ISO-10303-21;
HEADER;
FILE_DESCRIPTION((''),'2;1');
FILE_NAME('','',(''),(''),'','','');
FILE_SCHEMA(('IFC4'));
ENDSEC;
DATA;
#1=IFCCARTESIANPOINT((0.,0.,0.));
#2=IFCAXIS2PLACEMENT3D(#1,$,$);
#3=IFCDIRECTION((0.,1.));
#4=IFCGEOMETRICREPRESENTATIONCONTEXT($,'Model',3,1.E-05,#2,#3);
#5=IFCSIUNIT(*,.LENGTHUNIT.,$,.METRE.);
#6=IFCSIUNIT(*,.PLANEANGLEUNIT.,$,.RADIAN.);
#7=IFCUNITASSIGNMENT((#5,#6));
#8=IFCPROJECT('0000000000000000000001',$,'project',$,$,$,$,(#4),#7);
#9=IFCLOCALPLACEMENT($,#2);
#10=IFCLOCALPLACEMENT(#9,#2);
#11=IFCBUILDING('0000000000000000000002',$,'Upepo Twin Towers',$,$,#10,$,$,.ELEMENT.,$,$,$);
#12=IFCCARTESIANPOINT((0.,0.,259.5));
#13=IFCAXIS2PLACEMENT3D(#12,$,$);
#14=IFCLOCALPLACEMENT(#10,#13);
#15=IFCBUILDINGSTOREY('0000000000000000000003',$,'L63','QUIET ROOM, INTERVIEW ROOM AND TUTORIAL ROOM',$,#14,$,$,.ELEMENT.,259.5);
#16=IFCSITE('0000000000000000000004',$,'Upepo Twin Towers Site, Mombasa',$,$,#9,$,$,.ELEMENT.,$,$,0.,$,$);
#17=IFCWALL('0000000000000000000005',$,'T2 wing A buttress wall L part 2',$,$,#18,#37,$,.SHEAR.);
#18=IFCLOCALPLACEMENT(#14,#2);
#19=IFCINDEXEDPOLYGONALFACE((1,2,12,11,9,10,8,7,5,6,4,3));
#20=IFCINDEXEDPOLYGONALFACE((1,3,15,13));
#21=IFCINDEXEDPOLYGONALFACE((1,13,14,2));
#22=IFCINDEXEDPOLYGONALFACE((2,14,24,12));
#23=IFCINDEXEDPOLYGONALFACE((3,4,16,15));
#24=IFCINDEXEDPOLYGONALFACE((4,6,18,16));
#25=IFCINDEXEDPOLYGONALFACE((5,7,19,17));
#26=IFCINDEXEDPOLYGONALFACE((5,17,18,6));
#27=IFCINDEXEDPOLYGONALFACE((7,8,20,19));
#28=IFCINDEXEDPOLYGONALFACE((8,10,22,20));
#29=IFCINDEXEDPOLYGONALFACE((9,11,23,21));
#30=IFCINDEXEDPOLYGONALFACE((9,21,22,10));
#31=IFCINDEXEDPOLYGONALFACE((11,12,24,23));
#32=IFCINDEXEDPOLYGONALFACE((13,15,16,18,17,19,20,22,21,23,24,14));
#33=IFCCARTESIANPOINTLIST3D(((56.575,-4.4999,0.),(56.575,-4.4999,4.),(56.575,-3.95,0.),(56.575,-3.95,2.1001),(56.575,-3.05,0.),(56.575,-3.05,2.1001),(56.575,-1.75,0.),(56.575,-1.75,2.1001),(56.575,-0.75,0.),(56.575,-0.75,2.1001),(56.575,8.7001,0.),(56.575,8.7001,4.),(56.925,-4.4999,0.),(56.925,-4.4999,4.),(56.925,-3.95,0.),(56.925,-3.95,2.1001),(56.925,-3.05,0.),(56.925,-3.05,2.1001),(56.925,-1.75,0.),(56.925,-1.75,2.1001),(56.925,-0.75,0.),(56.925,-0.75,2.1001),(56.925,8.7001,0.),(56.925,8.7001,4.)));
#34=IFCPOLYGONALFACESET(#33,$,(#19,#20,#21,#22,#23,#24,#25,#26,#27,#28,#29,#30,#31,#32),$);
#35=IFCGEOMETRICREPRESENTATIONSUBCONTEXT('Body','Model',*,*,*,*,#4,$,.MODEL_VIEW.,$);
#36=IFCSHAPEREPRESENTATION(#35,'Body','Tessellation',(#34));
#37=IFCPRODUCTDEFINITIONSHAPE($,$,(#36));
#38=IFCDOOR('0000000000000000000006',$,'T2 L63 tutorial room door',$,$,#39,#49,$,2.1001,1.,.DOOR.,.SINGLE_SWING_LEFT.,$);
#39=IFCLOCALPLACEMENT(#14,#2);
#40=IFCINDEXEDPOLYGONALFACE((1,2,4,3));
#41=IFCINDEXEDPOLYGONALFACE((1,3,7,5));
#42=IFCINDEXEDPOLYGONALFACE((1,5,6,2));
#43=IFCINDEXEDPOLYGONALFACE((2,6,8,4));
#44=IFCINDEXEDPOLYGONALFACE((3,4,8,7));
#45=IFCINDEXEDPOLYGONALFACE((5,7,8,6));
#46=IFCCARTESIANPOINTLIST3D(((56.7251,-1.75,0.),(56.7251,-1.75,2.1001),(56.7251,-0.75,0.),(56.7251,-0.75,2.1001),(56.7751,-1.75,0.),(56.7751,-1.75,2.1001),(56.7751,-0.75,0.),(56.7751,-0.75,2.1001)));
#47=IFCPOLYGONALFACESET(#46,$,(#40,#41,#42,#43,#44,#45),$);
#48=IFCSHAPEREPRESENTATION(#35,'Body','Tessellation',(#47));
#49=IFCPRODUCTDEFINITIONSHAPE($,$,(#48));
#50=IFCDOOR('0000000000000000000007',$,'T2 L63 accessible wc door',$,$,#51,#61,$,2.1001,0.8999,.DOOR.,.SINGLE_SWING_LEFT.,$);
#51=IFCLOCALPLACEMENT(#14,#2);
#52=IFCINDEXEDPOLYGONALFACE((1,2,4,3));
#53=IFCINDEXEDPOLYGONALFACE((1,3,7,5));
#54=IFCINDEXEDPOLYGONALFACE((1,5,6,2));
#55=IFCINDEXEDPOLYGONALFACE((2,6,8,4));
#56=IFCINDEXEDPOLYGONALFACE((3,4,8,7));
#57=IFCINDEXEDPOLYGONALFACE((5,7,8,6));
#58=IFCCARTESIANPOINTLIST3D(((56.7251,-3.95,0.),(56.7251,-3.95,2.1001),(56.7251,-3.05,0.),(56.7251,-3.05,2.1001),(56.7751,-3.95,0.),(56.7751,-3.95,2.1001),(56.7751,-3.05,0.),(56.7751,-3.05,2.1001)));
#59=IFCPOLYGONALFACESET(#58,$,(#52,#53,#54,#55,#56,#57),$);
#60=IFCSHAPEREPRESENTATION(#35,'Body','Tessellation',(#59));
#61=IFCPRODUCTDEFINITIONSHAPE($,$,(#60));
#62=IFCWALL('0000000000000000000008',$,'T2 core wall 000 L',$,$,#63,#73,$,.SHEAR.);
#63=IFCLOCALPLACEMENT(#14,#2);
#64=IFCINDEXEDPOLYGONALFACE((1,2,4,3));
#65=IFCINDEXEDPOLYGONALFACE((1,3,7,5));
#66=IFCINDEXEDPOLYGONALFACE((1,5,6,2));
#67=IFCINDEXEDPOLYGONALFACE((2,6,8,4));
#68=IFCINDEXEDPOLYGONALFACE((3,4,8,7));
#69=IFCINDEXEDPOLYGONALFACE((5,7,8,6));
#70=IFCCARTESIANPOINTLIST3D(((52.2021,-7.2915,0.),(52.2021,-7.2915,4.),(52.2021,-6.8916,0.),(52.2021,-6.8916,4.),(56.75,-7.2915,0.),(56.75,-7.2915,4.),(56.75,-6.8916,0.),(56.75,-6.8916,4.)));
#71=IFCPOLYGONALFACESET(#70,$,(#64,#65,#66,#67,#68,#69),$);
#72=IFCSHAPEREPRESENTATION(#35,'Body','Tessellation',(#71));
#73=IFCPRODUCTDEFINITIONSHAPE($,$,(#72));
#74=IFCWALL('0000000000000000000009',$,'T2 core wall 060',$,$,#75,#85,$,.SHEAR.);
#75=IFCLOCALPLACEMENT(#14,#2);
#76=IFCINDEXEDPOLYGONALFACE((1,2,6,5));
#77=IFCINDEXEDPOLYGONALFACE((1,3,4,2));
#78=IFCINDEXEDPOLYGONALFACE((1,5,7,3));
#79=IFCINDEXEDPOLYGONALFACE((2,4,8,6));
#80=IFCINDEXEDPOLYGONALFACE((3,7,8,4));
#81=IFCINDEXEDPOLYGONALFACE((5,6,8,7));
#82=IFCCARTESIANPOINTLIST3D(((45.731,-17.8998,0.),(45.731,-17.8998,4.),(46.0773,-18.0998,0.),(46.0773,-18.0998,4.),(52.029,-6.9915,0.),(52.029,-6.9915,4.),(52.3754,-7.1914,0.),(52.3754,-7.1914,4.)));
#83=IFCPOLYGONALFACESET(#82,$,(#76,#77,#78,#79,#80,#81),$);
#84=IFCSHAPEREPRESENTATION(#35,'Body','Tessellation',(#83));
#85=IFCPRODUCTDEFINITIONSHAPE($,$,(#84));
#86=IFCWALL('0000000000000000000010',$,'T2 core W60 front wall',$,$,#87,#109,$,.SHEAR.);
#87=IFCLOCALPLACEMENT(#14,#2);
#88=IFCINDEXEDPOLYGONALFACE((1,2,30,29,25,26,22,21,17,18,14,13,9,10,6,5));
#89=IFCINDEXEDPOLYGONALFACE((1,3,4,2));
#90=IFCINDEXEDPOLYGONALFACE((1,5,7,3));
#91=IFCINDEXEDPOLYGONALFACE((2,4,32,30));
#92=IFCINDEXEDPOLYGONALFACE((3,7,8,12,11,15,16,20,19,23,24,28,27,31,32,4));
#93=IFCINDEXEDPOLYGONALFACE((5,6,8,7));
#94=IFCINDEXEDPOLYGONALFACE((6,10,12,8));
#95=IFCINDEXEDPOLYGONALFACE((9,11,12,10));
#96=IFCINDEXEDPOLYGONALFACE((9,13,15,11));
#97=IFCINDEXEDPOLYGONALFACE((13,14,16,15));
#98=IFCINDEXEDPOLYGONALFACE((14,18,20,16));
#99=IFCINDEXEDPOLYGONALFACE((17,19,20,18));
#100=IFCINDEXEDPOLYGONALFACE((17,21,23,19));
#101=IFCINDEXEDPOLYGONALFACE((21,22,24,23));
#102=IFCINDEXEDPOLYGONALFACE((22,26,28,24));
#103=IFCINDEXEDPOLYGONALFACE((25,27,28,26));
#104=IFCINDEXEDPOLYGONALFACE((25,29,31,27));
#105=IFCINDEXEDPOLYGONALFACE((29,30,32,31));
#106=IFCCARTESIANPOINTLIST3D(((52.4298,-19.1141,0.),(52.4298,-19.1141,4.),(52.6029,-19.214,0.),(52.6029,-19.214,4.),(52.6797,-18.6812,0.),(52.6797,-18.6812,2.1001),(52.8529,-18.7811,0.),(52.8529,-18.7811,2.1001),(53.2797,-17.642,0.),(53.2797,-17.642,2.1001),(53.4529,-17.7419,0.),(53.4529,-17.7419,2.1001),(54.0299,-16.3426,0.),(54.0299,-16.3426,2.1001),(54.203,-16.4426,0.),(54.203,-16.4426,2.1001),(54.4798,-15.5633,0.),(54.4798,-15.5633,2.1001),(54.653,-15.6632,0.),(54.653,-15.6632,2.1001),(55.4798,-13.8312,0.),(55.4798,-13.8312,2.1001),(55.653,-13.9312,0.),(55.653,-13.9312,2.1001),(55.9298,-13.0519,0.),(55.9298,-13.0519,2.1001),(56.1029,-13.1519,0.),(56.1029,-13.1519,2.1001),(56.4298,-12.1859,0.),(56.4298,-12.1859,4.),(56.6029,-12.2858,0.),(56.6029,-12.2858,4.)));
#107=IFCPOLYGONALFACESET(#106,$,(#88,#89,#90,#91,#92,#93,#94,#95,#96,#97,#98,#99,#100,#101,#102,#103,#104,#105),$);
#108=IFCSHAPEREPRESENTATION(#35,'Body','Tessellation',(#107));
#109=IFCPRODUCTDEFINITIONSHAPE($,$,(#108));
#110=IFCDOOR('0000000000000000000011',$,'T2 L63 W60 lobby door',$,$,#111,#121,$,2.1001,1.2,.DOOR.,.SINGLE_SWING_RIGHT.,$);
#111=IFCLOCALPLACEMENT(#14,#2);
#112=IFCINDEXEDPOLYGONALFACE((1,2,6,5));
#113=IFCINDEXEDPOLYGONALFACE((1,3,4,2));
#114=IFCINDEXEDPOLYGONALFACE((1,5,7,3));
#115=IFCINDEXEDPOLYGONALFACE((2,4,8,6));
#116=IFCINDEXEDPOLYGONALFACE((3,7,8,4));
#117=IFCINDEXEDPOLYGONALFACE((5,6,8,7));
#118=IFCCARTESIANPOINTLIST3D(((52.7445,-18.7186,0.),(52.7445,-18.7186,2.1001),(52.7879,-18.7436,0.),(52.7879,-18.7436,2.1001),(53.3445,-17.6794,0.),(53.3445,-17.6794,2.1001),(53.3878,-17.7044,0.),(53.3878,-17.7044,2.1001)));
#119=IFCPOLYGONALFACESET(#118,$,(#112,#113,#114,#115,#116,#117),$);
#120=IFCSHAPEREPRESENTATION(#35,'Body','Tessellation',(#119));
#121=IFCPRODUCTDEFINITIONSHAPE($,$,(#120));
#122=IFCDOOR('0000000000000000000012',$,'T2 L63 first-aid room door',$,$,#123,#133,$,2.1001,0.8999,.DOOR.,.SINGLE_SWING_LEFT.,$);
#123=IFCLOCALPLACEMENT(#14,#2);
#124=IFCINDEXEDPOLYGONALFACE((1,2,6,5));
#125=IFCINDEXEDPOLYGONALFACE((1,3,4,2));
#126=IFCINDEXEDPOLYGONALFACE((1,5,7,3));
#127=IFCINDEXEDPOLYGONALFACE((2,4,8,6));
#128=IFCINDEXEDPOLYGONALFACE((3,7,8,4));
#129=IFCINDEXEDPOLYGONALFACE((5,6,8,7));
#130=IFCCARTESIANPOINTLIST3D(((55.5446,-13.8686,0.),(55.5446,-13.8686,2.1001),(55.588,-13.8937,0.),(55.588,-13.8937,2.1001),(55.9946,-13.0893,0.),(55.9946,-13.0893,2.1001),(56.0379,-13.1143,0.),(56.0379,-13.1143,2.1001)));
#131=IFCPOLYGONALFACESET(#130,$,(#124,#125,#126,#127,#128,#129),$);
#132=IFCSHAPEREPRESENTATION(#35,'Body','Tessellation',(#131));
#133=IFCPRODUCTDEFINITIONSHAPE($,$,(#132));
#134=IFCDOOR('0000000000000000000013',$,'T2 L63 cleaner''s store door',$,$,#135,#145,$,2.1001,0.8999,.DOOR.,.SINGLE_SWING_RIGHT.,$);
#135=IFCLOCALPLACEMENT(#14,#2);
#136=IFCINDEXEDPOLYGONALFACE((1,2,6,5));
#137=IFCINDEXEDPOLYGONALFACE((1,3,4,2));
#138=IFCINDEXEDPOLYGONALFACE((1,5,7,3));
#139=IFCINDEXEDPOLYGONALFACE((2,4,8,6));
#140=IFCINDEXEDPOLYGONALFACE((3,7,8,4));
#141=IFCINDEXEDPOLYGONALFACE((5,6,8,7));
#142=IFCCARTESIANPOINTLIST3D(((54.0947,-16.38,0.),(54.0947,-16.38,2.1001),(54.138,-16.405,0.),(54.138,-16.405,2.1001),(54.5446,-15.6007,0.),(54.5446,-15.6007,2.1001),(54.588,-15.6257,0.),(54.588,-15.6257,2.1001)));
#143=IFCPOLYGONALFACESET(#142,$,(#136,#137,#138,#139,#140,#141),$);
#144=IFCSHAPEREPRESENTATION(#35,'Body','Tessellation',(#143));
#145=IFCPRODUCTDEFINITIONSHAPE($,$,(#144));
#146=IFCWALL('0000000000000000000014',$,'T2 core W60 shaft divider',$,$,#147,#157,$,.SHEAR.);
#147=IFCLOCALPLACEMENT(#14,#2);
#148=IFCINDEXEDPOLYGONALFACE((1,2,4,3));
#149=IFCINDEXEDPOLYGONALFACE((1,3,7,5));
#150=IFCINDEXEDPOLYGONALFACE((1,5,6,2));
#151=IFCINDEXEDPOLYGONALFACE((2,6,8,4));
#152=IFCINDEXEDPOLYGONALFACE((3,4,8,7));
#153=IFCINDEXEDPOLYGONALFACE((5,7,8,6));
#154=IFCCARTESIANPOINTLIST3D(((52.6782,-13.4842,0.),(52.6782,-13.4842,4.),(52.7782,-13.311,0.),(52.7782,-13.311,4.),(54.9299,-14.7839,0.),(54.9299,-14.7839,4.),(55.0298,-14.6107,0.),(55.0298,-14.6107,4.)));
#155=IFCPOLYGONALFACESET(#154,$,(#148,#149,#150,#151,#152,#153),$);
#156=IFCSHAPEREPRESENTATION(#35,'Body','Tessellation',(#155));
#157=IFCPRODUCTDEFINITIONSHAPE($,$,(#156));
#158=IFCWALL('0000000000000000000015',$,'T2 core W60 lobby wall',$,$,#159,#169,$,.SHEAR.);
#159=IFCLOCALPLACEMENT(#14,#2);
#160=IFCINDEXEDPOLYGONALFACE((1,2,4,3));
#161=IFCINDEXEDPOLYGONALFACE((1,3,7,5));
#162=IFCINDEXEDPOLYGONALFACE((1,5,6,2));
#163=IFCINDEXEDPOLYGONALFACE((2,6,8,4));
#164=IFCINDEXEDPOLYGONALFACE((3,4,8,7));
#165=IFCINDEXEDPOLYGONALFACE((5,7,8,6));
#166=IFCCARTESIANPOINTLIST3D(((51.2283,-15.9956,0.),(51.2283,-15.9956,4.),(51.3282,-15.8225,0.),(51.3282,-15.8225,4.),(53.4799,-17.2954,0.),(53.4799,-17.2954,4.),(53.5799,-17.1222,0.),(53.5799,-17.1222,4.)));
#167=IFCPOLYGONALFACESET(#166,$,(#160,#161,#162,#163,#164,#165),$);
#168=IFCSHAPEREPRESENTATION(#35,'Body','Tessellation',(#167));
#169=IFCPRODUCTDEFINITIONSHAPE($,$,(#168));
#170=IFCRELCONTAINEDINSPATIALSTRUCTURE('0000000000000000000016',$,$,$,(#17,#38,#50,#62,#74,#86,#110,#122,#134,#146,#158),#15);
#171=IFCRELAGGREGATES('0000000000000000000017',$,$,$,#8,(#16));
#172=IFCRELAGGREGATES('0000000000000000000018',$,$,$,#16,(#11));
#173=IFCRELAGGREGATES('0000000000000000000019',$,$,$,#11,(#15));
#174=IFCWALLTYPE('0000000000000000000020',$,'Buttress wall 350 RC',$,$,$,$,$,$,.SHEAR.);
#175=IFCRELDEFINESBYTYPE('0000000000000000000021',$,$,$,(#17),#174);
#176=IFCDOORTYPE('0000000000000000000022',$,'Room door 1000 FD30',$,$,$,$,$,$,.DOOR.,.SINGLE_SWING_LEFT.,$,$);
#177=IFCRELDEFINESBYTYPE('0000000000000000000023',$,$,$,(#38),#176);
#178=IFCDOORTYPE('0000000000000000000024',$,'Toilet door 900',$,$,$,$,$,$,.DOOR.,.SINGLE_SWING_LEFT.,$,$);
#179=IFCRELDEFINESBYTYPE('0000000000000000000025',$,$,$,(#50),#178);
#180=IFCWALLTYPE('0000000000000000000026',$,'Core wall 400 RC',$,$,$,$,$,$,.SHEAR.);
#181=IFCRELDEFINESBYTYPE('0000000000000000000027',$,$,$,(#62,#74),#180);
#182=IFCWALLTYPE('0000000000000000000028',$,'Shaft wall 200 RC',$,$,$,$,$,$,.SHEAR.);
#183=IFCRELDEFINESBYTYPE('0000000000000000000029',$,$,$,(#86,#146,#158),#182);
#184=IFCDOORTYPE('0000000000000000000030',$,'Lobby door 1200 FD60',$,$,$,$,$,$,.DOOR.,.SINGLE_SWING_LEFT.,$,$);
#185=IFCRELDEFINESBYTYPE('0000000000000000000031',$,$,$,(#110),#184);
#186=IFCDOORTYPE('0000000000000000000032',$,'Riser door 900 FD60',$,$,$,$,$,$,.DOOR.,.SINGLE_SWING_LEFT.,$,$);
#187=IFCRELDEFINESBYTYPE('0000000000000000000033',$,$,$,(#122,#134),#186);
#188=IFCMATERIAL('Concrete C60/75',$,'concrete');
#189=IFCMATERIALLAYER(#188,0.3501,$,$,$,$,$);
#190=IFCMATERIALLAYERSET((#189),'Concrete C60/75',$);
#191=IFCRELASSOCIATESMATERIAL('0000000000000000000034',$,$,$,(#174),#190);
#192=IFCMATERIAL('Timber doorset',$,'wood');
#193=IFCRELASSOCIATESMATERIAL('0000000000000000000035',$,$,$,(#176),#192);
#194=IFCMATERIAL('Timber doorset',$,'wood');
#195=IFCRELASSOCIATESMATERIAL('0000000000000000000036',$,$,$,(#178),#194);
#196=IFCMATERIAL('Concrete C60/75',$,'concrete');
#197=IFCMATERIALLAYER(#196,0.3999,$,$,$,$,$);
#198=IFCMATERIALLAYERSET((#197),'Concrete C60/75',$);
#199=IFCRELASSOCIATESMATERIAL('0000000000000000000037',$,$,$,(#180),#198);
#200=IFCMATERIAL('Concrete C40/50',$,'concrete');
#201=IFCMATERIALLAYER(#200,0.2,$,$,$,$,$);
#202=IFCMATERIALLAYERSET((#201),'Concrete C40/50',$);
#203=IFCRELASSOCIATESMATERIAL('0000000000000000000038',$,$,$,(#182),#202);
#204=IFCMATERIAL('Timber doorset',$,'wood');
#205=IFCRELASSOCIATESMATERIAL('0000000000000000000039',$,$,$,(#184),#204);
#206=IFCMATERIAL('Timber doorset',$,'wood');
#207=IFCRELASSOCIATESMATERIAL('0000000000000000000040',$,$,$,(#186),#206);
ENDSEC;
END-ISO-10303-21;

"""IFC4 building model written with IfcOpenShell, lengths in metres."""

from ifc_helpers import new_model, si_unit, direction, frame, frame_2d, origin, place, context, subcontext, project, spatial, rectangle, extrude, material, layer, layer_set, type_object, element, fill, save


model = new_model("IFC4")

# Units and contexts
model_context = context("Model", 3, precision=1e-05, world=origin(), true_north=direction((0.0, 1.0)))
body_context = subcontext(model_context, "Body", "Model", "MODEL_VIEW")
ifc_project = project(units=[si_unit("LENGTHUNIT", "METRE"), si_unit("PLANEANGLEUNIT", "RADIAN")], contexts=[model_context])

# Site, building, storey
site_placement = place(None, origin())
site = spatial("IfcSite", under=ifc_project, at=site_placement, Name="Upepo Twin Towers Site, Mombasa", CompositionType="ELEMENT", RefElevation=0.0)
building_placement = place(site_placement, origin())
building = spatial("IfcBuilding", under=site, at=building_placement, Name="Upepo Twin Towers", CompositionType="ELEMENT")
storey_placement = place(building_placement, frame((0.0, 0.0, 259.5)))
storey = spatial("IfcBuildingStorey", under=building, at=storey_placement, Name="L63", Description="QUIET ROOM, INTERVIEW ROOM AND TUTORIAL ROOM", CompositionType="ELEMENT", Elevation=259.5)

# Shared definitions
ifc_material_1 = material(Name="Concrete C60/75", Category="concrete")
ifc_layer_1 = layer(ifc_material_1, 0.3501)
ifc_layer_set_1 = layer_set([ifc_layer_1], Name="Concrete C60/75")
wall_type_1 = type_object("IfcWallType", Name="Buttress wall 350 RC", PredefinedType="SHEAR", material=ifc_layer_set_1)

# Wall, openings, doors
wall_1_placement = place(storey_placement, frame((56.75, -4.5, 0.0), z_axis=(0.0, 0.0, 1.0), x_axis=(0.0, 1.0, 0.0)))
wall_1 = element("IfcWall", 1, at=wall_1_placement, inside=storey, type_object=wall_type_1, Name="T2 wing A buttress wall L part 2", PredefinedType="SHEAR", context=body_context, shape_type="SweptSolid", body=[
    extrude(rectangle(XDim=13.2, YDim=0.3501, at=frame_2d((6.6001, 0.0))), origin(), (0.0, 0.0, 1.0), 4.0),
])
opening_1_placement = place(wall_1_placement, frame((0.55, 0.0, 0.0)))
opening_1 = element("IfcOpeningElement", 2, at=opening_1_placement, cuts=wall_1, PredefinedType="OPENING", context=body_context, shape_type="SweptSolid", body=[
    extrude(rectangle(XDim=0.8999, YDim=2.1001, at=frame_2d((0.45, 1.05))), frame((0.0, 0.1851, 0.0), z_axis=(0.0, -1.0, 0.0), x_axis=(1.0, 0.0, 0.0)), (0.0, 0.0, 1.0), 0.3701),
])
opening_2_placement = place(wall_1_placement, frame((2.75, 0.0, 0.0)))
opening_2 = element("IfcOpeningElement", 3, at=opening_2_placement, cuts=wall_1, PredefinedType="OPENING", context=body_context, shape_type="SweptSolid", body=[
    extrude(rectangle(XDim=1.0, YDim=2.1001, at=frame_2d((0.5, 1.05))), frame((0.0, 0.1851, 0.0), z_axis=(0.0, -1.0, 0.0), x_axis=(1.0, 0.0, 0.0)), (0.0, 0.0, 1.0), 0.3701),
])
ifc_material_2 = material(Name="Timber doorset", Category="wood")
door_type_1 = type_object("IfcDoorType", Name="Room door 1000 FD30", OperationType="SINGLE_SWING_LEFT", PredefinedType="DOOR", material=ifc_material_2)
door_1_placement = place(opening_2_placement, origin())
door_1 = element("IfcDoor", 4, at=door_1_placement, inside=storey, type_object=door_type_1, Name="T2 L63 tutorial room door", OperationType="SINGLE_SWING_LEFT", OverallHeight=2.1001, OverallWidth=1.0, PredefinedType="DOOR", context=body_context, shape_type="SweptSolid", body=[
    extrude(rectangle(XDim=1.0, YDim=2.1001, at=frame_2d((0.5, 1.05))), frame((0.0, 0.0249, 0.0), z_axis=(0.0, -1.0, 0.0), x_axis=(1.0, 0.0, 0.0)), (0.0, 0.0, 1.0), 0.05),
])
fill(opening_2, door_1)
ifc_material_3 = material(Name="Timber doorset", Category="wood")
door_type_2 = type_object("IfcDoorType", Name="Toilet door 900", OperationType="SINGLE_SWING_LEFT", PredefinedType="DOOR", material=ifc_material_3)
door_2_placement = place(opening_1_placement, origin())
door_2 = element("IfcDoor", 5, at=door_2_placement, inside=storey, type_object=door_type_2, Name="T2 L63 accessible wc door", OperationType="SINGLE_SWING_LEFT", OverallHeight=2.1001, OverallWidth=0.8999, PredefinedType="DOOR", context=body_context, shape_type="SweptSolid", body=[
    extrude(rectangle(XDim=0.8999, YDim=2.1001, at=frame_2d((0.45, 1.05))), frame((0.0, 0.0249, 0.0), z_axis=(0.0, -1.0, 0.0), x_axis=(1.0, 0.0, 0.0)), (0.0, 0.0, 1.0), 0.05),
])
fill(opening_1, door_2)

# Walls
ifc_material_4 = material(Name="Concrete C60/75", Category="concrete")
ifc_layer_2 = layer(ifc_material_4, 0.3999)
ifc_layer_set_2 = layer_set([ifc_layer_2], Name="Concrete C60/75")
wall_type_2 = type_object("IfcWallType", Name="Core wall 400 RC", PredefinedType="SHEAR", material=ifc_layer_set_2)
wall_2_placement = place(storey_placement, frame((56.75, -7.0916, 0.0), z_axis=(0.0, 0.0, 1.0), x_axis=(-1.0, 0.0, 0.0)))
element("IfcWall", 6, at=wall_2_placement, inside=storey, type_object=wall_type_2, Name="T2 core wall 000 L", PredefinedType="SHEAR", context=body_context, shape_type="SweptSolid", body=[
    extrude(rectangle(XDim=4.5479, YDim=0.3999, at=frame_2d((2.2739, 0.0))), origin(), (0.0, 0.0, 1.0), 4.0),
])
wall_3_placement = place(storey_placement, frame((52.2021, -7.0916, 0.0), z_axis=(0.0, 0.0, 1.0), x_axis=(-0.500006, -0.866022, 0.0)))
element("IfcWall", 7, at=wall_3_placement, inside=storey, type_object=wall_type_2, Name="T2 core wall 060", PredefinedType="SHEAR", context=body_context, shape_type="SweptSolid", body=[
    extrude(rectangle(XDim=12.5959, YDim=0.3999, at=frame_2d((6.2979, 0.0))), origin(), (0.0, 0.0, 1.0), 4.0),
])

# Wall, openings, doors
ifc_material_5 = material(Name="Concrete C40/50", Category="concrete")
ifc_layer_3 = layer(ifc_material_5, 0.2)
ifc_layer_set_3 = layer_set([ifc_layer_3], Name="Concrete C40/50")
wall_type_3 = type_object("IfcWallType", Name="Shaft wall 200 RC", PredefinedType="SHEAR", material=ifc_layer_set_3)
wall_4_placement = place(storey_placement, frame((56.5164, -12.2358, 0.0), z_axis=(0.0, 0.0, 1.0), x_axis=(-0.499999, -0.866026, 0.0)))
wall_4 = element("IfcWall", 8, at=wall_4_placement, inside=storey, type_object=wall_type_3, Name="T2 core W60 front wall", PredefinedType="SHEAR", context=body_context, shape_type="SweptSolid", body=[
    extrude(rectangle(XDim=8.0, YDim=0.2, at=frame_2d((4.0, 0.0))), origin(), (0.0, 0.0, 1.0), 4.0),
])
opening_3_placement = place(wall_4_placement, frame((6.3, 0.0, 0.0)))
opening_3 = element("IfcOpeningElement", 9, at=opening_3_placement, cuts=wall_4, PredefinedType="OPENING", context=body_context, shape_type="SweptSolid", body=[
    extrude(rectangle(XDim=1.2, YDim=2.1001, at=frame_2d((0.6001, 1.05))), frame((0.0, 0.1099, 0.0), z_axis=(0.0, -1.0, 0.0), x_axis=(1.0, 0.0, 0.0)), (0.0, 0.0, 1.0), 0.22),
])
opening_4_placement = place(wall_4_placement, frame((1.0, 0.0, 0.0)))
opening_4 = element("IfcOpeningElement", 10, at=opening_4_placement, cuts=wall_4, PredefinedType="OPENING", context=body_context, shape_type="SweptSolid", body=[
    extrude(rectangle(XDim=0.8999, YDim=2.1001, at=frame_2d((0.45, 1.05))), frame((0.0, 0.1099, 0.0), z_axis=(0.0, -1.0, 0.0), x_axis=(1.0, 0.0, 0.0)), (0.0, 0.0, 1.0), 0.22),
])
opening_5_placement = place(wall_4_placement, frame((3.8999, 0.0, 0.0)))
opening_5 = element("IfcOpeningElement", 11, at=opening_5_placement, cuts=wall_4, PredefinedType="OPENING", context=body_context, shape_type="SweptSolid", body=[
    extrude(rectangle(XDim=0.8999, YDim=2.1001, at=frame_2d((0.45, 1.05))), frame((0.0, 0.1099, 0.0), z_axis=(0.0, -1.0, 0.0), x_axis=(1.0, 0.0, 0.0)), (0.0, 0.0, 1.0), 0.22),
])
ifc_material_6 = material(Name="Timber doorset", Category="wood")
door_type_3 = type_object("IfcDoorType", Name="Lobby door 1200 FD60", OperationType="SINGLE_SWING_LEFT", PredefinedType="DOOR", material=ifc_material_6)
door_3_placement = place(opening_3_placement, origin())
door_3 = element("IfcDoor", 12, at=door_3_placement, inside=storey, type_object=door_type_3, Name="T2 L63 W60 lobby door", OperationType="SINGLE_SWING_RIGHT", OverallHeight=2.1001, OverallWidth=1.2, PredefinedType="DOOR", context=body_context, shape_type="SweptSolid", body=[
    extrude(rectangle(XDim=1.2, YDim=2.1001, at=frame_2d((0.6001, 1.05))), frame((0.0, 0.0249, 0.0), z_axis=(0.0, -1.0, 0.0), x_axis=(1.0, 0.0, 0.0)), (0.0, 0.0, 1.0), 0.05),
])
fill(opening_3, door_3)
ifc_material_7 = material(Name="Timber doorset", Category="wood")
door_type_4 = type_object("IfcDoorType", Name="Riser door 900 FD60", OperationType="SINGLE_SWING_LEFT", PredefinedType="DOOR", material=ifc_material_7)
door_4_placement = place(opening_4_placement, origin())
door_4 = element("IfcDoor", 13, at=door_4_placement, inside=storey, type_object=door_type_4, Name="T2 L63 first-aid room door", OperationType="SINGLE_SWING_LEFT", OverallHeight=2.1001, OverallWidth=0.8999, PredefinedType="DOOR", context=body_context, shape_type="SweptSolid", body=[
    extrude(rectangle(XDim=0.8999, YDim=2.1001, at=frame_2d((0.45, 1.05))), frame((0.0, 0.0249, 0.0), z_axis=(0.0, -1.0, 0.0), x_axis=(1.0, 0.0, 0.0)), (0.0, 0.0, 1.0), 0.05),
])
fill(opening_4, door_4)
door_5_placement = place(opening_5_placement, origin())
door_5 = element("IfcDoor", 14, at=door_5_placement, inside=storey, type_object=door_type_4, Name="T2 L63 cleaner's store door", OperationType="SINGLE_SWING_RIGHT", OverallHeight=2.1001, OverallWidth=0.8999, PredefinedType="DOOR", context=body_context, shape_type="SweptSolid", body=[
    extrude(rectangle(XDim=0.8999, YDim=2.1001, at=frame_2d((0.45, 1.05))), frame((0.0, 0.0249, 0.0), z_axis=(0.0, -1.0, 0.0), x_axis=(1.0, 0.0, 0.0)), (0.0, 0.0, 1.0), 0.05),
])
fill(opening_5, door_5)

# Walls
for number, where, z_axis, x_axis, name in (
    (15, (54.9797, -14.6973, 0.0), (0.0, 0.0, 1.0), (-0.866062, 0.499937, 0.0), "T2 core W60 shaft divider"),
    (16, (53.5298, -17.2087, 0.0), (0.0, 0.0, 1.0), (-0.866062, 0.499937, 0.0), "T2 core W60 lobby wall"),
):
    element("IfcWall", number, at=place(storey_placement, frame(where, z_axis=z_axis, x_axis=x_axis)), inside=storey, type_object=wall_type_3, Name=name, PredefinedType="SHEAR", context=body_context, shape_type="SweptSolid", body=[
        extrude(rectangle(XDim=2.5999, YDim=0.2, at=frame_2d((1.2998, 0.0))), origin(), (0.0, 0.0, 1.0), 4.0),
    ])

save(model, "model.ifc")
